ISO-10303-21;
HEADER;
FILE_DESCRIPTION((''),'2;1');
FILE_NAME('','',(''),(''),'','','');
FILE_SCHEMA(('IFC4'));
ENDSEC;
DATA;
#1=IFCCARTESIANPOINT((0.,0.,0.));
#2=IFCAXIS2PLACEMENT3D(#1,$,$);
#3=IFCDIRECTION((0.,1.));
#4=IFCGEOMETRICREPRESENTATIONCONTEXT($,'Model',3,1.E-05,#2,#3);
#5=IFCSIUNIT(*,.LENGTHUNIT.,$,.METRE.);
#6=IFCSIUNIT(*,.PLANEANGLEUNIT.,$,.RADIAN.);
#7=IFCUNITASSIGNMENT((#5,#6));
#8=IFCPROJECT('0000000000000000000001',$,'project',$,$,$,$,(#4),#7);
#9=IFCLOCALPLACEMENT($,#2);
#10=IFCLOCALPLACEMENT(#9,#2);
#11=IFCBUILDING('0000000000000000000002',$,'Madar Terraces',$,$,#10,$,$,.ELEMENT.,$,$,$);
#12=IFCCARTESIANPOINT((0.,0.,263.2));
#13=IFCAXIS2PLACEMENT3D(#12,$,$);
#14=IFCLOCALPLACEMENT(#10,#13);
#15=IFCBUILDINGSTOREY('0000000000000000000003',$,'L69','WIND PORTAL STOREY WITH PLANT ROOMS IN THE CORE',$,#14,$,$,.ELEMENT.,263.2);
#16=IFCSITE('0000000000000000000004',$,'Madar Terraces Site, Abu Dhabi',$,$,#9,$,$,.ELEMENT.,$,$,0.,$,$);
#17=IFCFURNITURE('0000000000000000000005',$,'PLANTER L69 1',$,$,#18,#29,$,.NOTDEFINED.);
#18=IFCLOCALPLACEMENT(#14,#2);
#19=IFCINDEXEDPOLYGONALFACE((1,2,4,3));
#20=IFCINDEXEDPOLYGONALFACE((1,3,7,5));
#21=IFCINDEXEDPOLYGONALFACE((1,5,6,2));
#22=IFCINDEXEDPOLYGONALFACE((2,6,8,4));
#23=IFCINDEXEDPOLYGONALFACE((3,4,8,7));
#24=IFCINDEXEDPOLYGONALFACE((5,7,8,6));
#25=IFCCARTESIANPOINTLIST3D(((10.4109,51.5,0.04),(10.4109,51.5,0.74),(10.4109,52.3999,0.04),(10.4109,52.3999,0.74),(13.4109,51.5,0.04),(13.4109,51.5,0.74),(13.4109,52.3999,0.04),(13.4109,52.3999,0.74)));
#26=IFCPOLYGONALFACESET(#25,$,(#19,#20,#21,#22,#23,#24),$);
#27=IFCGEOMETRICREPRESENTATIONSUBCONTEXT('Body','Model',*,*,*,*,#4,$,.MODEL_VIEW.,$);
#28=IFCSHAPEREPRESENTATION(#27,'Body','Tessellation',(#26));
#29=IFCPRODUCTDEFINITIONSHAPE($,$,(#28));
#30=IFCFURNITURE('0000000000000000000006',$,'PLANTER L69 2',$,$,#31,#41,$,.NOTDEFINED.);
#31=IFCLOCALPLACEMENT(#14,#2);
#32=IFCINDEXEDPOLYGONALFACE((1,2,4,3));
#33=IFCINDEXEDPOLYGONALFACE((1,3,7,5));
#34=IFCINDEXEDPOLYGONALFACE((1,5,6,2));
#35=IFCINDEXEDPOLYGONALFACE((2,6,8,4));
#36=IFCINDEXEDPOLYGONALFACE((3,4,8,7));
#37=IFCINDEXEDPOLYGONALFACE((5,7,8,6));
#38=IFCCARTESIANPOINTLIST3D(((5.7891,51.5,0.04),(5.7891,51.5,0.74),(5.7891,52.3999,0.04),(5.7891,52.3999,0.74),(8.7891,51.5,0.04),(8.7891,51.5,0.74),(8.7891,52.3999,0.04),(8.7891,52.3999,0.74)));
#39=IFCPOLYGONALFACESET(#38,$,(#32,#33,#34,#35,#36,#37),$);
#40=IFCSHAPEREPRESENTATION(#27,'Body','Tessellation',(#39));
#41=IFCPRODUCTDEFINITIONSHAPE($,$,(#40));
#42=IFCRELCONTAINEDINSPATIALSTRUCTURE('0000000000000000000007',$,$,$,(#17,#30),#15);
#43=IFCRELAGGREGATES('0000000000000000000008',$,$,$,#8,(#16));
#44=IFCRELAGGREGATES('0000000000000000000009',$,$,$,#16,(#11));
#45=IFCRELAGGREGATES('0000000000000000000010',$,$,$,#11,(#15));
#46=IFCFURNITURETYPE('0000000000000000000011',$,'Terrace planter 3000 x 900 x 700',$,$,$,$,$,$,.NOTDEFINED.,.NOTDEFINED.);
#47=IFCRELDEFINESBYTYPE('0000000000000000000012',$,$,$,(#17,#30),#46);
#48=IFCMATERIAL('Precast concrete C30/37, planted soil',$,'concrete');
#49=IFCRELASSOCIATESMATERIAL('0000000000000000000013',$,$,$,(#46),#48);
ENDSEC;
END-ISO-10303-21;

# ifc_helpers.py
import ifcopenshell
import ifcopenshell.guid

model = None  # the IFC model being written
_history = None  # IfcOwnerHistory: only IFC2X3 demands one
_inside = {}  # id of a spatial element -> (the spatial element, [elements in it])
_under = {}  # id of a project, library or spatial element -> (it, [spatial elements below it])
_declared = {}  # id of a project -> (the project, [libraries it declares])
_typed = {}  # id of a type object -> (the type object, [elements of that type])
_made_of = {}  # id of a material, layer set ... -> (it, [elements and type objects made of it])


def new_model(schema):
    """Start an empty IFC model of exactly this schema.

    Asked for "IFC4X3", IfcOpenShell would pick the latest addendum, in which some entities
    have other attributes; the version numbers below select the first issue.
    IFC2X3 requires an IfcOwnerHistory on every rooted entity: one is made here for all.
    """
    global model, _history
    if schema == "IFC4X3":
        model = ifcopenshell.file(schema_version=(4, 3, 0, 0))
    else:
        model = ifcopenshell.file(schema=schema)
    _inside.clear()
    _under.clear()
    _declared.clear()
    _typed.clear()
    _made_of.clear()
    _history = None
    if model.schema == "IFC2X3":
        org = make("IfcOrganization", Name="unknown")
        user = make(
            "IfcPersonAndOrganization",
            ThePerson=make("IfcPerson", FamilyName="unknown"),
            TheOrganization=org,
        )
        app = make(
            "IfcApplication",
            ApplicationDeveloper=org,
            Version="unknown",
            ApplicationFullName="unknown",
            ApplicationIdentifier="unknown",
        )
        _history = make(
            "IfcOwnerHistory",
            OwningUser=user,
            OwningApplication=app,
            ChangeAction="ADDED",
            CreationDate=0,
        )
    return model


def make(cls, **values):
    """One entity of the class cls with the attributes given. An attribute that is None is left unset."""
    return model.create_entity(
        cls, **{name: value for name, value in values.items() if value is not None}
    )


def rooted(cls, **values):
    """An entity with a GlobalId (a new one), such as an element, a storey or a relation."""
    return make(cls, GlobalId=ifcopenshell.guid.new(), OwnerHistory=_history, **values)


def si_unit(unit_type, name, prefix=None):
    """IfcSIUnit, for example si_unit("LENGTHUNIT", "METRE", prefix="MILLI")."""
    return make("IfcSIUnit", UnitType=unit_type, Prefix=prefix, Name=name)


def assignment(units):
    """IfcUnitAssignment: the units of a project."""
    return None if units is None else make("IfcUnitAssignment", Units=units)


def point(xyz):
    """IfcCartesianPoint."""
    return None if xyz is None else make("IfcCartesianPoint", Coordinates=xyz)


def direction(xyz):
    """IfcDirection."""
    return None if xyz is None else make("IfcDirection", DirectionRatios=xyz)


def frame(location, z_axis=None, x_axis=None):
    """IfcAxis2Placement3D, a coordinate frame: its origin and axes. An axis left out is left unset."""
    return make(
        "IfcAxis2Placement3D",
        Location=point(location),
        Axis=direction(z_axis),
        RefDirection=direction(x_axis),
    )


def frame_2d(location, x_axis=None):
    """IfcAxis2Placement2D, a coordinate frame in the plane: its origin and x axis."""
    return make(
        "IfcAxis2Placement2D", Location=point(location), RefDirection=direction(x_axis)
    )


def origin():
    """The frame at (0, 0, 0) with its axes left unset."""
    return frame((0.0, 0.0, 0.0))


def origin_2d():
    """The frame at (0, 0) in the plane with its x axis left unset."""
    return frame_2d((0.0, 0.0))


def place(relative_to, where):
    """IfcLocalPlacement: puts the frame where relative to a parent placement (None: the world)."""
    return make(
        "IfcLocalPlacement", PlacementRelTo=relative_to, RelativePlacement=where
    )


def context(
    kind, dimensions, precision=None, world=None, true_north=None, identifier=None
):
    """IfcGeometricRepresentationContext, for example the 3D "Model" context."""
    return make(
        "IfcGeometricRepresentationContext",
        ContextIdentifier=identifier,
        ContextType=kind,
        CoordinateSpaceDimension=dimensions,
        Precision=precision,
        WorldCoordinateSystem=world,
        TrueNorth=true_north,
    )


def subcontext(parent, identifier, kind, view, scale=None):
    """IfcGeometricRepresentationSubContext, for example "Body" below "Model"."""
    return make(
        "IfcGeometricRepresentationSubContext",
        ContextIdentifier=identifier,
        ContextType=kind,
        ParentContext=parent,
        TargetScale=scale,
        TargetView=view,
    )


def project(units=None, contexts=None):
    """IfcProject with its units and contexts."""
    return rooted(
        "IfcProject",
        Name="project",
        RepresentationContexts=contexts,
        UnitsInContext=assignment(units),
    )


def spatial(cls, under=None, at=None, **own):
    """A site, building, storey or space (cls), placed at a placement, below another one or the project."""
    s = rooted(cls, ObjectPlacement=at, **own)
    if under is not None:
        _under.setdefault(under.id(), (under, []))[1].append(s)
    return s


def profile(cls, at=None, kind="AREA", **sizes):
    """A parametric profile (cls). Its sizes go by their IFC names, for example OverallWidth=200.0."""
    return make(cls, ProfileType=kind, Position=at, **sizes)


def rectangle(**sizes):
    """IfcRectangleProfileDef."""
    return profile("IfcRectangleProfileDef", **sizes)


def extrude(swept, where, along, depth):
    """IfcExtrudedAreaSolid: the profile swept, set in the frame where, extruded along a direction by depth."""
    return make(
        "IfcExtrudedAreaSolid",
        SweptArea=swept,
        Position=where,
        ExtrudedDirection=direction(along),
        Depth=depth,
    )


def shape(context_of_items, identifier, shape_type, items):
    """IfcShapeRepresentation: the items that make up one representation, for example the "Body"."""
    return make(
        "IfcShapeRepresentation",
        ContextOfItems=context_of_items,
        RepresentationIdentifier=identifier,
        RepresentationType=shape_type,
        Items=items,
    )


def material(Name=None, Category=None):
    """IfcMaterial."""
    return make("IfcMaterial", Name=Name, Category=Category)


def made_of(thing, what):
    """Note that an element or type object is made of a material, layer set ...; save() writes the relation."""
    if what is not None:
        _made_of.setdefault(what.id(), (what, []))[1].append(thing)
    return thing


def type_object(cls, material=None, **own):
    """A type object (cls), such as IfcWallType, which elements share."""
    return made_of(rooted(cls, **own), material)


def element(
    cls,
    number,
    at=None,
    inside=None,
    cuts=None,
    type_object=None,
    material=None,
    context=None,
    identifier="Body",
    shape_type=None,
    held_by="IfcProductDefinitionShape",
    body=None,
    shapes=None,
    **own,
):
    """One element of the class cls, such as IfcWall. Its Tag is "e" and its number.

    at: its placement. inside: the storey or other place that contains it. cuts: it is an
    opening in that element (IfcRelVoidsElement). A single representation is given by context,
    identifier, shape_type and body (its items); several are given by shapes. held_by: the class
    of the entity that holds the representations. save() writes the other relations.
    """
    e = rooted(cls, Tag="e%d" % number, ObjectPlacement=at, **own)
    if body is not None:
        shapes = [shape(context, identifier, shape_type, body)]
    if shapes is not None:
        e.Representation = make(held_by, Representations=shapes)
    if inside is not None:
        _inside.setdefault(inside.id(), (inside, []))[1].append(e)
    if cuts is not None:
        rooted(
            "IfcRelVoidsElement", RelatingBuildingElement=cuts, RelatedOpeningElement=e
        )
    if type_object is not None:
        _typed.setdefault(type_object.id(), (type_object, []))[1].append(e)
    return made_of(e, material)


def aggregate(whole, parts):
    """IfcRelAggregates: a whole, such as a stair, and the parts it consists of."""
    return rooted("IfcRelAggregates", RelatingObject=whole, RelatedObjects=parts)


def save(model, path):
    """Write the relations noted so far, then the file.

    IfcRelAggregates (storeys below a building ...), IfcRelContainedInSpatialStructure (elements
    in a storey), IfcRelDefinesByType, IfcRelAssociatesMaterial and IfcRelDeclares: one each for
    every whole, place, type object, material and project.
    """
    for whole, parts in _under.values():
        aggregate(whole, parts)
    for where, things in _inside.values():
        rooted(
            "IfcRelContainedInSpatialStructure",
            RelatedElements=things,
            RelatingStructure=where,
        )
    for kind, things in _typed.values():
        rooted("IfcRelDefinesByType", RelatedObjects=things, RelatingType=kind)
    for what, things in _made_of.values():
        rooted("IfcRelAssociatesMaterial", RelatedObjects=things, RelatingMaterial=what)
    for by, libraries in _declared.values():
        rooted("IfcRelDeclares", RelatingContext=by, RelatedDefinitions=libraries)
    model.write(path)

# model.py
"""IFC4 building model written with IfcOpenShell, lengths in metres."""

from ifc_helpers import new_model, si_unit, direction, frame, origin, origin_2d, place, context, subcontext, project, spatial, rectangle, extrude, material, type_object, element, save


model = new_model("IFC4")

# Units and contexts
model_context = context("Model", 3, precision=1e-05, world=origin(), true_north=direction((0.0, 1.0)))
body_context = subcontext(model_context, "Body", "Model", "MODEL_VIEW")
ifc_project = project(units=[si_unit("LENGTHUNIT", "METRE"), si_unit("PLANEANGLEUNIT", "RADIAN")], contexts=[model_context])

# Site, building, storey
site_placement = place(None, origin())
site = spatial("IfcSite", under=ifc_project, at=site_placement, Name="Madar Terraces Site, Abu Dhabi", CompositionType="ELEMENT", RefElevation=0.0)
building_placement = place(site_placement, origin())
building = spatial("IfcBuilding", under=site, at=building_placement, Name="Madar Terraces", CompositionType="ELEMENT")
storey_placement = place(building_placement, frame((0.0, 0.0, 263.2)))
storey = spatial("IfcBuildingStorey", under=building, at=storey_placement, Name="L69", Description="WIND PORTAL STOREY WITH PLANT ROOMS IN THE CORE", CompositionType="ELEMENT", Elevation=263.2)

# Furniture
ifc_material_1 = material(Name="Precast concrete C30/37, planted soil", Category="concrete")
furniture_type = type_object("IfcFurnitureType", Name="Terrace planter 3000 x 900 x 700", AssemblyPlace="NOTDEFINED", PredefinedType="NOTDEFINED", material=ifc_material_1)
for number, where, z_axis, x_axis, name in (
    (1, (11.9109, 51.95, 0.04), (0.0, 0.0, 1.0), (-1.0, 0.0, 0.0), "PLANTER L69 1"),
    (2, (7.2891, 51.95, 0.04), (0.0, 0.0, 1.0), (-1.0, 0.0, 0.0), "PLANTER L69 2"),
):
    element("IfcFurniture", number, at=place(storey_placement, frame(where, z_axis=z_axis, x_axis=x_axis)), inside=storey, type_object=furniture_type, Name=name, PredefinedType="NOTDEFINED", context=body_context, shape_type="SweptSolid", body=[
        extrude(rectangle(XDim=3.0, YDim=0.8999, at=origin_2d()), origin(), (0.0, 0.0, 1.0), 0.7),
    ])

save(model, "model.ifc")
